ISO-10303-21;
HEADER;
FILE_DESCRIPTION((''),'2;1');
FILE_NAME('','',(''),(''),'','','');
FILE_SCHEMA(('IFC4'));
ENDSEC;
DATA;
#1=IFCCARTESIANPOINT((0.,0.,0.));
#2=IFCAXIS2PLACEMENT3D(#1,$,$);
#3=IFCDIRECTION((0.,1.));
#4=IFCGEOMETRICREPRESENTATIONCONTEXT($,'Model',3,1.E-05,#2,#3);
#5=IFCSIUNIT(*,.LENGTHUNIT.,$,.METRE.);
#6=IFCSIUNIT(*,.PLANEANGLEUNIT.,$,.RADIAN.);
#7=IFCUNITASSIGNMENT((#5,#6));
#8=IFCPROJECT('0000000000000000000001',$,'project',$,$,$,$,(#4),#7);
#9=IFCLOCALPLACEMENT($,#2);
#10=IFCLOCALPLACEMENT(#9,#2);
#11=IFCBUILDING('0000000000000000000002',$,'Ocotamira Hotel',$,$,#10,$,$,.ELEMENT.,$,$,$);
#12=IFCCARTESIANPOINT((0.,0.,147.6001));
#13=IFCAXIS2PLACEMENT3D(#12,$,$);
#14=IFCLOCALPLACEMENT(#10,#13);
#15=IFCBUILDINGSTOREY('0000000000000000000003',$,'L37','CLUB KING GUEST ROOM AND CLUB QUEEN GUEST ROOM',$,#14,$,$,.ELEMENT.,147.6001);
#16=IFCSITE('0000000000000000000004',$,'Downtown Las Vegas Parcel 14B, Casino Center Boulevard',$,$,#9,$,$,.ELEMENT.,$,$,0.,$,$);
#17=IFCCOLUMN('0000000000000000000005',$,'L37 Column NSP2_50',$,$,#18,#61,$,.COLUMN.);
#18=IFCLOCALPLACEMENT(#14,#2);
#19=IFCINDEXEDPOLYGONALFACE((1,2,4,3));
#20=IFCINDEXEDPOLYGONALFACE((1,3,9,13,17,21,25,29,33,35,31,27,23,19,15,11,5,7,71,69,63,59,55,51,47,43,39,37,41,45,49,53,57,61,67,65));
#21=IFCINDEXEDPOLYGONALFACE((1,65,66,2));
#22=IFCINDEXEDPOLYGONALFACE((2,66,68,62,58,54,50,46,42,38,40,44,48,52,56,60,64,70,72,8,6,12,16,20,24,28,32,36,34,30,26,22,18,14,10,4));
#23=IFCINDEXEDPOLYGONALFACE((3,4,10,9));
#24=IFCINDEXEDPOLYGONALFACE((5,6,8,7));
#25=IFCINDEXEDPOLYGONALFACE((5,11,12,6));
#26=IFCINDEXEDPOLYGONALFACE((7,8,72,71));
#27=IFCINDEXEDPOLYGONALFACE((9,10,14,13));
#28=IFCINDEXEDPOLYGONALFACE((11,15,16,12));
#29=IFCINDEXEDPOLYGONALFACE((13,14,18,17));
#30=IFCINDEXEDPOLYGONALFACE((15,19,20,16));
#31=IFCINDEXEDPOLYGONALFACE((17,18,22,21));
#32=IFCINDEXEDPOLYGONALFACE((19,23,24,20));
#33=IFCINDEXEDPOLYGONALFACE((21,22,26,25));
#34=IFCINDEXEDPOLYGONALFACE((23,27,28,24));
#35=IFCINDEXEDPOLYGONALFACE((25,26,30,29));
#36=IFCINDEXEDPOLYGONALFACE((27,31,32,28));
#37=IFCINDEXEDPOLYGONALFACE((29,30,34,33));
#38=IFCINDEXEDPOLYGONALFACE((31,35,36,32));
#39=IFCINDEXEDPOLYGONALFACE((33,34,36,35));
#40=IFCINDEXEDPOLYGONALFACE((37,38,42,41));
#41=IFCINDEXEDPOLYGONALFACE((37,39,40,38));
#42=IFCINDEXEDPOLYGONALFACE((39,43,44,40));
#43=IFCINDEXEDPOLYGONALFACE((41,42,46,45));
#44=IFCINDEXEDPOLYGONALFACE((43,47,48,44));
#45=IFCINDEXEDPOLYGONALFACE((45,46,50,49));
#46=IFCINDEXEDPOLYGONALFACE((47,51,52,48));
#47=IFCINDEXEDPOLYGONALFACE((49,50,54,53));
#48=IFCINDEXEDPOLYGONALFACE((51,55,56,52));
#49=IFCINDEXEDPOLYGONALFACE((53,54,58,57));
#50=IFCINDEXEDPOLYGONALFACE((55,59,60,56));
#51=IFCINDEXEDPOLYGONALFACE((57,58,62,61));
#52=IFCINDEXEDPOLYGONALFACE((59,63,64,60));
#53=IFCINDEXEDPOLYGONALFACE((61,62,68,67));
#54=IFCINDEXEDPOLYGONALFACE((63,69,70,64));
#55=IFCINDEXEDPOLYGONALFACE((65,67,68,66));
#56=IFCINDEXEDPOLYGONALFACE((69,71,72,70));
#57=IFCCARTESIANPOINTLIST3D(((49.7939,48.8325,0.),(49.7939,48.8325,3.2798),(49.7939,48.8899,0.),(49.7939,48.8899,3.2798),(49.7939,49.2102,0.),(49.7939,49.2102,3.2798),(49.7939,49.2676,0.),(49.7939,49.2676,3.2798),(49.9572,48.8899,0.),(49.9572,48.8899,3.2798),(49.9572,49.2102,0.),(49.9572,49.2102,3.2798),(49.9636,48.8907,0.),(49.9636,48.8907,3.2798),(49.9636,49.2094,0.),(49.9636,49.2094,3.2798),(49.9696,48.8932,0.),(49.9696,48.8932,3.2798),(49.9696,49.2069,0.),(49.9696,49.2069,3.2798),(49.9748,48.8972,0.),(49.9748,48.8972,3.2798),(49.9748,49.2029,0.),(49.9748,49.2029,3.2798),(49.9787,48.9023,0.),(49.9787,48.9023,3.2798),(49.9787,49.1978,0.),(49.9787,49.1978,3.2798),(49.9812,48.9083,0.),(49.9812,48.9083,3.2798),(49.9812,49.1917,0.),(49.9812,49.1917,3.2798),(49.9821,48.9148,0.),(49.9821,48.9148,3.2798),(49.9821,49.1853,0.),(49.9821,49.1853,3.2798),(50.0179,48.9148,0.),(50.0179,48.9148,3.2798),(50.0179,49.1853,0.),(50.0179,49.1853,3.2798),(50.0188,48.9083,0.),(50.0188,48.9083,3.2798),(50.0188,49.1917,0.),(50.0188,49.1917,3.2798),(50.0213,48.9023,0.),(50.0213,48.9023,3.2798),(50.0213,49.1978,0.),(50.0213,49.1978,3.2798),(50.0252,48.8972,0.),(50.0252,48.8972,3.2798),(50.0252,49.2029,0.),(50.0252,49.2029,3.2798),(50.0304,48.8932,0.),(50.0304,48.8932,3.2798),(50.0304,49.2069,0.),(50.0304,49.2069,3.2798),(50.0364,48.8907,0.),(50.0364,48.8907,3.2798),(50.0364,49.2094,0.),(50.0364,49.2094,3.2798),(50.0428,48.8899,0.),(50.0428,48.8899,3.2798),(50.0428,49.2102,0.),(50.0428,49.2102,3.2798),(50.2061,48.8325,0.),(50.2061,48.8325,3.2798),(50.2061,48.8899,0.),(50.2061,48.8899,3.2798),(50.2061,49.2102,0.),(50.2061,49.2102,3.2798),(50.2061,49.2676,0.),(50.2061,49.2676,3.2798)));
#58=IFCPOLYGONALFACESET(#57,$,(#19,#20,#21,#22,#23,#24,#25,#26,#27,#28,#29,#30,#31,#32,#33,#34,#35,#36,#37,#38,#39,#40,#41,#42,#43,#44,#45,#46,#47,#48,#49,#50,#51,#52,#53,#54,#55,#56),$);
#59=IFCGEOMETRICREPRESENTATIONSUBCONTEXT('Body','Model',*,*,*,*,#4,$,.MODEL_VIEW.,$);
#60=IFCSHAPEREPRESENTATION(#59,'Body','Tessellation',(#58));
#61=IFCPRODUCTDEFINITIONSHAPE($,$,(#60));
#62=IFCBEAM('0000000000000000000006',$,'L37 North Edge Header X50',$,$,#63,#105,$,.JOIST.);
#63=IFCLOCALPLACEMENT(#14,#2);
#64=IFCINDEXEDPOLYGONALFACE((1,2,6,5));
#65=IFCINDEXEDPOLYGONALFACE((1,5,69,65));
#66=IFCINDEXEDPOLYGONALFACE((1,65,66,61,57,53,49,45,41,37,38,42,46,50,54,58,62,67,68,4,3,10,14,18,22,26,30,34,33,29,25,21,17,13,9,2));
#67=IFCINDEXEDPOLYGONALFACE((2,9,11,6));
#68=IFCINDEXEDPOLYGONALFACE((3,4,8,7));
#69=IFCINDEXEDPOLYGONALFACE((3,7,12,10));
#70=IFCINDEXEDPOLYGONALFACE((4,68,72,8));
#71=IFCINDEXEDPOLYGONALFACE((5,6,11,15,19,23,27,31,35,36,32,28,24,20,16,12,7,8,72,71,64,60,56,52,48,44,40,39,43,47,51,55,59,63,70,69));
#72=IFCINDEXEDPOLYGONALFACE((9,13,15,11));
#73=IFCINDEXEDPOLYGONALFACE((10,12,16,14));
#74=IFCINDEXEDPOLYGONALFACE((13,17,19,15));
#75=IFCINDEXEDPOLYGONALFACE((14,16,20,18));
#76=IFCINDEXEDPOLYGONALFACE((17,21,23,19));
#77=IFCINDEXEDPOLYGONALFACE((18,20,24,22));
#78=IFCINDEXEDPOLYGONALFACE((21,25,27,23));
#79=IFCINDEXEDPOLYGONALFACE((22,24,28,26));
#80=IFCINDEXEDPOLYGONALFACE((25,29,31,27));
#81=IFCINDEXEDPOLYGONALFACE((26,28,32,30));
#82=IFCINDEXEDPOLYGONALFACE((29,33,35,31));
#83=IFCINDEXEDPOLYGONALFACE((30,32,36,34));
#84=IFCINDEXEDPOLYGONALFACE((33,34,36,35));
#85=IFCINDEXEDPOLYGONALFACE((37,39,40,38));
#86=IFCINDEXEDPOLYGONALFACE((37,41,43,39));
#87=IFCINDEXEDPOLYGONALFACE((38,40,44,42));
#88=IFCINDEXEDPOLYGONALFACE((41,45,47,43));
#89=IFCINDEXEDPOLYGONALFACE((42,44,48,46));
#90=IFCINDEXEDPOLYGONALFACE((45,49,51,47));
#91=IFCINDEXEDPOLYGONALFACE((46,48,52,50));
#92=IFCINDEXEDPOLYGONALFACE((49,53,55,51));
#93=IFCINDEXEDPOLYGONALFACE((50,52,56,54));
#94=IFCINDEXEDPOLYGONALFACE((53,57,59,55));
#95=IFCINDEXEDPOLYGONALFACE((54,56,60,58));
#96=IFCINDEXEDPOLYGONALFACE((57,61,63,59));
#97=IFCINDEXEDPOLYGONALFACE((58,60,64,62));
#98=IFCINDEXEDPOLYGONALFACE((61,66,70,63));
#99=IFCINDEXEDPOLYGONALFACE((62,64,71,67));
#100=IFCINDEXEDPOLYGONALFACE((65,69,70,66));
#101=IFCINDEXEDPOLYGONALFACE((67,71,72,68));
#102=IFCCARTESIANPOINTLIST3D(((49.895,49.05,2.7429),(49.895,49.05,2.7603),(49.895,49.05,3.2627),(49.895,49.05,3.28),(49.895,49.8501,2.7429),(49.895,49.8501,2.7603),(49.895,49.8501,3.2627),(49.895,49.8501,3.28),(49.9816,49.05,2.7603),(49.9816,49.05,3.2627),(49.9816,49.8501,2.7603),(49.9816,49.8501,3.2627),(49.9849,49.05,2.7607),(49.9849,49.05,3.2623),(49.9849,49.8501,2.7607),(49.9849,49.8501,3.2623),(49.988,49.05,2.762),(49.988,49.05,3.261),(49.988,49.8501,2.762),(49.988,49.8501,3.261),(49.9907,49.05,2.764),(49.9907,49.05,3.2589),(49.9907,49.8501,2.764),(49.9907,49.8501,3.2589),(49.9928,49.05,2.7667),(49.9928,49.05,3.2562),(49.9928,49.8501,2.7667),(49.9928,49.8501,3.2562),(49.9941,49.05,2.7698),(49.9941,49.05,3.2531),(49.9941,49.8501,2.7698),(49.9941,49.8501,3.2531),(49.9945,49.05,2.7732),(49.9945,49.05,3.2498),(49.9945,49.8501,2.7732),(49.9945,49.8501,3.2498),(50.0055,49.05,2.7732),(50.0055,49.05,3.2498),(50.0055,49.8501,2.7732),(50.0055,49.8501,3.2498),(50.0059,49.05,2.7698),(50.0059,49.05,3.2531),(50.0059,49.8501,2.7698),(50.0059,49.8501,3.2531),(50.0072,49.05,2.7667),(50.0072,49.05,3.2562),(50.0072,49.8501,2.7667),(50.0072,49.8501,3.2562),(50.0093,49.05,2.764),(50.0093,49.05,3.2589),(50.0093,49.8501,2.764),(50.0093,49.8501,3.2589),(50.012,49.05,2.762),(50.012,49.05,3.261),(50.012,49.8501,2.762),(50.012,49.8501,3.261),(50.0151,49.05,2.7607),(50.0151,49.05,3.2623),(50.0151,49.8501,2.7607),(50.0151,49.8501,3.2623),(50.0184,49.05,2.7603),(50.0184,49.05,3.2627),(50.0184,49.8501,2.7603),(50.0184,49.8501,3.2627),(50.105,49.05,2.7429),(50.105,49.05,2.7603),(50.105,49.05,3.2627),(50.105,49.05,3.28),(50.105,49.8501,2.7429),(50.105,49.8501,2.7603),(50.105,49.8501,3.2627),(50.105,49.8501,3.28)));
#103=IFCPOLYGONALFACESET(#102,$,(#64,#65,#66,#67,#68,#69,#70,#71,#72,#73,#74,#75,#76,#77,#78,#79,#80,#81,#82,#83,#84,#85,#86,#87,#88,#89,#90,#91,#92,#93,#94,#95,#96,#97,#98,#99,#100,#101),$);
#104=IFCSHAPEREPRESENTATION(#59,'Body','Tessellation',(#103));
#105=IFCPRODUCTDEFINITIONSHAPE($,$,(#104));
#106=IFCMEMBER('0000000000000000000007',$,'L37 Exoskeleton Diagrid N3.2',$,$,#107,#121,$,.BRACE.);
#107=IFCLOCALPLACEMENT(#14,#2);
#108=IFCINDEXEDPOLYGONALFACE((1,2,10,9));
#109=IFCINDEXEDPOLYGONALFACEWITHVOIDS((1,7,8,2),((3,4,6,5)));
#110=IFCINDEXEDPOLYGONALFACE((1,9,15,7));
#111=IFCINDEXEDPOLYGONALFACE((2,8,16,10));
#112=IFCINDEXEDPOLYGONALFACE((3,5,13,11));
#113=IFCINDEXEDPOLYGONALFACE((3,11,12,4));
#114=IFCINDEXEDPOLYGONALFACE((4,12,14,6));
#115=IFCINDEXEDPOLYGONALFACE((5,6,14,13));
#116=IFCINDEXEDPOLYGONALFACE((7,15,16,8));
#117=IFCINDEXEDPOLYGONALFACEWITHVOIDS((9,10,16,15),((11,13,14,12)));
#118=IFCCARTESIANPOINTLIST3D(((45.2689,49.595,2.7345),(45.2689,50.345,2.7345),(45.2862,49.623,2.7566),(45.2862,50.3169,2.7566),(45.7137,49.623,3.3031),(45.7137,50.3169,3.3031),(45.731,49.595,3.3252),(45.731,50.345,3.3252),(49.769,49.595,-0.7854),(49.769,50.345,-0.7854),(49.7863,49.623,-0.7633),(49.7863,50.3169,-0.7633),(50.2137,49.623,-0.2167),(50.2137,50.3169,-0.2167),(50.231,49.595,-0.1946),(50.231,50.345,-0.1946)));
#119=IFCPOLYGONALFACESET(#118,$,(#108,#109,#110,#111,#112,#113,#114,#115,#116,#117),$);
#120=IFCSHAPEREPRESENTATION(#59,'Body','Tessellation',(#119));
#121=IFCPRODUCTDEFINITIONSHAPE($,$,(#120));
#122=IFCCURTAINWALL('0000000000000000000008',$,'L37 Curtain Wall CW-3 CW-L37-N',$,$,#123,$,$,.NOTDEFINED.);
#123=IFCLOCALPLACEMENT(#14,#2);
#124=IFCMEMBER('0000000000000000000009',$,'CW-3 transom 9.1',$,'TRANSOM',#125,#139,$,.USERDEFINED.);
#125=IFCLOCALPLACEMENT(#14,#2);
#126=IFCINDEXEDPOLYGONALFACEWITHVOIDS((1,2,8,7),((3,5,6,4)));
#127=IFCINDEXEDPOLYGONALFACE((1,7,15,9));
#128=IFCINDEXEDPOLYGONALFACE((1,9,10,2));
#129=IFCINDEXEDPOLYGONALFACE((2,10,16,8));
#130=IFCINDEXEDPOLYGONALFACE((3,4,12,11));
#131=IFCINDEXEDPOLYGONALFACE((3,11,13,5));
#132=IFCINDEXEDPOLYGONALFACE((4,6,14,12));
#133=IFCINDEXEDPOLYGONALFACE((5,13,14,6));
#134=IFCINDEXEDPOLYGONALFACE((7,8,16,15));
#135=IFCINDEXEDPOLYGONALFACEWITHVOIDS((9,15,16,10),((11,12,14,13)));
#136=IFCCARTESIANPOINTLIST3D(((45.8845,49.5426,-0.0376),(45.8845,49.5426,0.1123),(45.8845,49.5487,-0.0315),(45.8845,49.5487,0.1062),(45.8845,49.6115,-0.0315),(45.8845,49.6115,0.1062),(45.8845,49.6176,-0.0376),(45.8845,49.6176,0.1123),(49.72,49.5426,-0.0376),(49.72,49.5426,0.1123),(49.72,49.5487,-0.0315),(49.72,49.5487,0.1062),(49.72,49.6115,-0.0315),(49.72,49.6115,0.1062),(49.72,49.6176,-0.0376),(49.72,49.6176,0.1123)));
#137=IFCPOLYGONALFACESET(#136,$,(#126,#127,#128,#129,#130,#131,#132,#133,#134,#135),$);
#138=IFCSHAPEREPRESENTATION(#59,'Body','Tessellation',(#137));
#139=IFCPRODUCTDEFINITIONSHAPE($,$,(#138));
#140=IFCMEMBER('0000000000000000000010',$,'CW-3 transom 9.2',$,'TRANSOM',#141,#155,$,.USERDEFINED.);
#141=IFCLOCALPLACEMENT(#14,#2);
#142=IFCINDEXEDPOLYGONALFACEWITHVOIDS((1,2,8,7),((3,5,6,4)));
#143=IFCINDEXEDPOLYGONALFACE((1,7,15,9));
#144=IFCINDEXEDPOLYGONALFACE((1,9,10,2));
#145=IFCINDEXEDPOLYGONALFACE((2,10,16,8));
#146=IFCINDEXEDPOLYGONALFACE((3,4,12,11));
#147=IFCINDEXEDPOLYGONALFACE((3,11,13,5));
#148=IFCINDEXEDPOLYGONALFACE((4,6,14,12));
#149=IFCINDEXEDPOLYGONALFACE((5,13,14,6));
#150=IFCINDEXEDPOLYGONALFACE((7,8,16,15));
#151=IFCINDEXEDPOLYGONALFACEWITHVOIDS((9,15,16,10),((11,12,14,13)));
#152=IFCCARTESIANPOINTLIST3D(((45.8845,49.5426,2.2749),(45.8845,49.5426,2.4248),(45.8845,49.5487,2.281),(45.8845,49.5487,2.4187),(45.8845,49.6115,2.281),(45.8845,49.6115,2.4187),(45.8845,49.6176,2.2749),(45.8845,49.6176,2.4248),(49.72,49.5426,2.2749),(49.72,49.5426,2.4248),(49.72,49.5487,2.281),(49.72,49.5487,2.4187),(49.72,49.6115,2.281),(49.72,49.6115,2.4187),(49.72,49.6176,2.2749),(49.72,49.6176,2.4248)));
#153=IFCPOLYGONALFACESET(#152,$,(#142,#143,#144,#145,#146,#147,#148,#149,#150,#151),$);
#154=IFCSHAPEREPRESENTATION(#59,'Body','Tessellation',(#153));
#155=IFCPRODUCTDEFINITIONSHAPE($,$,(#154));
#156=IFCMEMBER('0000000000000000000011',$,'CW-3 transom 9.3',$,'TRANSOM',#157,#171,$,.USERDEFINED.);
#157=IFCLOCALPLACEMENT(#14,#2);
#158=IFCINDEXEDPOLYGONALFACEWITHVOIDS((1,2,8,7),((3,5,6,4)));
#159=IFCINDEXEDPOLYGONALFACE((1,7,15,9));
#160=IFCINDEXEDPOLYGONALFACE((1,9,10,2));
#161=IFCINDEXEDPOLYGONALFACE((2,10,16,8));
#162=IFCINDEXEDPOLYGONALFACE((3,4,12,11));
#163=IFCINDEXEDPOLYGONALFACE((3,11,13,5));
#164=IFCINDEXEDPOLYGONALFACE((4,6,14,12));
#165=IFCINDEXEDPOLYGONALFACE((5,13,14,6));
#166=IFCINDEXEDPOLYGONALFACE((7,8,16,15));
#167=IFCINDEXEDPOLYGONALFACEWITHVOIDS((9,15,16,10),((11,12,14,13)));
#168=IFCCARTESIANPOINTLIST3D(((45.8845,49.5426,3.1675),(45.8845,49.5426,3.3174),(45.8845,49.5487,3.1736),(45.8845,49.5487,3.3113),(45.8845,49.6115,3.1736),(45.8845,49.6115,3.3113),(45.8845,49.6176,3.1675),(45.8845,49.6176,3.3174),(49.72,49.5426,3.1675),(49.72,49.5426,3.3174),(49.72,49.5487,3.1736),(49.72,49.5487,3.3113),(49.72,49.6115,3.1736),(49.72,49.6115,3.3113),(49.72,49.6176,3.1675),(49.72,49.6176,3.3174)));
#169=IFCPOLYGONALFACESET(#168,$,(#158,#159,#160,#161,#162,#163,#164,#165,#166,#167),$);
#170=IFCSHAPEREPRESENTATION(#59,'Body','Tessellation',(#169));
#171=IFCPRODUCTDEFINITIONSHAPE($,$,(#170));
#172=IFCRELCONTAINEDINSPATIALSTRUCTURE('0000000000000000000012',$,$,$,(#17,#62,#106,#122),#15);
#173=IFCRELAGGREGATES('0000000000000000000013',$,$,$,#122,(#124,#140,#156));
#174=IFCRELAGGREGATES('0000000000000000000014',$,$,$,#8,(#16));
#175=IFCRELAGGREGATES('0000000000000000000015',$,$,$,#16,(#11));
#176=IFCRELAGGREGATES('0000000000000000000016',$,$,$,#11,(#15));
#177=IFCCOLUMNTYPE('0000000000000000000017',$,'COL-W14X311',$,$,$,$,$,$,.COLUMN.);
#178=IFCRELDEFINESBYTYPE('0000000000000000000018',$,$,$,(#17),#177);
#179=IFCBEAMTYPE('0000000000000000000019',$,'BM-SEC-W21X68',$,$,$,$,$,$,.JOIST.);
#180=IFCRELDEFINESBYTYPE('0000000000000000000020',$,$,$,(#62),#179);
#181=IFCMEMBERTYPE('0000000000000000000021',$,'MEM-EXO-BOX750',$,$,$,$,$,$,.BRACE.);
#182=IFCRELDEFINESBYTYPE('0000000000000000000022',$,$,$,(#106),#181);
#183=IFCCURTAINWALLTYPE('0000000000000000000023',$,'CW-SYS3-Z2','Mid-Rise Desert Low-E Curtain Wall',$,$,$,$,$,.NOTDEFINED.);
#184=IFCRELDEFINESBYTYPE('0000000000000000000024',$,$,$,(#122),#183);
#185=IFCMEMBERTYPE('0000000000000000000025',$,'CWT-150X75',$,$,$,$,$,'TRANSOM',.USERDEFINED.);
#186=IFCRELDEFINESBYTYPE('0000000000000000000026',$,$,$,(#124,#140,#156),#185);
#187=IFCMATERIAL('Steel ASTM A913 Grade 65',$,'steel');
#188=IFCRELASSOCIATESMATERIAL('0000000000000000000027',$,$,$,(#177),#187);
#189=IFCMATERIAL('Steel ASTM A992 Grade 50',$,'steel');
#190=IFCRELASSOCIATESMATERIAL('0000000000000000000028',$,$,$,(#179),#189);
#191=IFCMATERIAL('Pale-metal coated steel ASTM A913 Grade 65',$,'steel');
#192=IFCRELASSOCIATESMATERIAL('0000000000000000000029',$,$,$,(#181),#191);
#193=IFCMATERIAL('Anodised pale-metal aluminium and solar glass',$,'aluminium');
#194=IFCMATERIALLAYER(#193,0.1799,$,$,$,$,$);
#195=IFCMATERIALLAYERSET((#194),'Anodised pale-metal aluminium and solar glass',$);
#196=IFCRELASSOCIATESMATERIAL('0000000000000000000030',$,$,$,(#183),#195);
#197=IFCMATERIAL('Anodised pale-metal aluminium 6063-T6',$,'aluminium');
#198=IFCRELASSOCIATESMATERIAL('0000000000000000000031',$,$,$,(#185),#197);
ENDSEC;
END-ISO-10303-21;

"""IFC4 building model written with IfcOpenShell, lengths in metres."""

from ifc_helpers import new_model, si_unit, direction, frame, origin, origin_2d, place, context, subcontext, project, spatial, hollow_rectangle, i_section, extrude, source, transform, mapped, material, layer, layer_set, material_profile, profile_set, type_object, element, aggregate, save


model = new_model("IFC4")

# Units and contexts
model_context = context("Model", 3, precision=1e-05, world=origin(), true_north=direction((0.0, 1.0)))
body_context = subcontext(model_context, "Body", "Model", "MODEL_VIEW")
ifc_project = project(units=[si_unit("LENGTHUNIT", "METRE"), si_unit("PLANEANGLEUNIT", "RADIAN")], contexts=[model_context])

# Site, building, storey
site_placement = place(None, origin())
site = spatial("IfcSite", under=ifc_project, at=site_placement, Name="Downtown Las Vegas Parcel 14B, Casino Center Boulevard", CompositionType="ELEMENT", RefElevation=0.0)
building_placement = place(site_placement, origin())
building = spatial("IfcBuilding", under=site, at=building_placement, Name="Ocotamira Hotel", CompositionType="ELEMENT")
storey_placement = place(building_placement, frame((0.0, 0.0, 147.6001)))
storey = spatial("IfcBuildingStorey", under=building, at=storey_placement, Name="L37", Description="CLUB KING GUEST ROOM AND CLUB QUEEN GUEST ROOM", CompositionType="ELEMENT", Elevation=147.6001)

# Column
ifc_material_1 = material(Name="Steel ASTM A913 Grade 65", Category="steel")
ifc_material_profile_1 = material_profile(ifc_material_1, i_section(OverallWidth=0.4121, OverallDepth=0.4351, WebThickness=0.0359, FlangeThickness=0.0574, FilletRadius=0.0249, at=origin_2d()), Name="W14X311")
ifc_profile_set_1 = profile_set([ifc_material_profile_1], Name="Steel ASTM A913 Grade 65")
column_type = type_object("IfcColumnType", Name="COL-W14X311", PredefinedType="COLUMN", material=ifc_profile_set_1)
shared_shape_1 = source(origin(), body_context, "Body", "SweptSolid", [
    extrude(i_section(OverallWidth=0.4121, OverallDepth=0.4351, WebThickness=0.0359, FlangeThickness=0.0574, FilletRadius=0.0249, at=origin_2d()), origin(), (0.0, 0.0, 1.0), 3.2798),
])
column_placement = place(storey_placement, frame((50.0, 49.05, 0.0), z_axis=(0.0, 0.0, 1.0), x_axis=(1.0, 0.0, 0.0)))
element("IfcColumn", 1, at=column_placement, inside=storey, type_object=column_type, Name="L37 Column NSP2_50", PredefinedType="COLUMN", context=body_context, shape_type="MappedRepresentation", body=[
    mapped(shared_shape_1, transform((0.0, 0.0, 0.0), scale=1.0)),
])

# Beam
ifc_material_2 = material(Name="Steel ASTM A992 Grade 50", Category="steel")
ifc_material_profile_2 = material_profile(ifc_material_2, i_section(OverallWidth=0.21, OverallDepth=0.5371, WebThickness=0.011, FlangeThickness=0.0173, FilletRadius=0.0129, at=origin_2d()), Name="W21X68")
ifc_profile_set_2 = profile_set([ifc_material_profile_2], Name="Steel ASTM A992 Grade 50")
beam_type = type_object("IfcBeamType", Name="BM-SEC-W21X68", PredefinedType="JOIST", material=ifc_profile_set_2)
shared_shape_2 = source(origin(), body_context, "Body", "SweptSolid", [
    extrude(i_section(OverallWidth=0.21, OverallDepth=0.5371, WebThickness=0.011, FlangeThickness=0.0173, FilletRadius=0.0129, at=origin_2d()), origin(), (0.0, 0.0, 1.0), 0.8),
])
beam_placement = place(storey_placement, frame((50.0, 49.05, 3.0115), z_axis=(0.0, 1.0, 0.0), x_axis=(-1.0, 0.0, 0.0)))
element("IfcBeam", 2, at=beam_placement, inside=storey, type_object=beam_type, Name="L37 North Edge Header X50", PredefinedType="JOIST", context=body_context, shape_type="MappedRepresentation", body=[
    mapped(shared_shape_2, transform((0.0, 0.0, 0.0), scale=1.0)),
])

# Member
ifc_material_3 = material(Name="Pale-metal coated steel ASTM A913 Grade 65", Category="steel")
ifc_material_profile_3 = material_profile(ifc_material_3, hollow_rectangle(XDim=0.75, YDim=0.75, WallThickness=0.0281, at=origin_2d()), Name="BOX750X750X28")
ifc_profile_set_3 = profile_set([ifc_material_profile_3], Name="Pale-metal coated steel ASTM A913 Grade 65")
member_type_1 = type_object("IfcMemberType", Name="MEM-EXO-BOX750", PredefinedType="BRACE", material=ifc_profile_set_3)
shared_shape_3 = source(origin(), body_context, "Body", "SweptSolid", [
    extrude(hollow_rectangle(XDim=0.75, YDim=0.75, WallThickness=0.0281, at=origin_2d()), origin(), (0.0, 0.0, 1.0), 5.7131),
])
member_1_placement = place(storey_placement, frame((50.0, 49.97, -0.49), z_axis=(-0.787672, 0.0, 0.616095), x_axis=(0.0, -1.0, 0.0)))
element("IfcMember", 3, at=member_1_placement, inside=storey, type_object=member_type_1, Name="L37 Exoskeleton Diagrid N3.2", PredefinedType="BRACE", context=body_context, shape_type="MappedRepresentation", body=[
    mapped(shared_shape_3, transform((0.0, 0.0, 0.0), scale=1.0)),
])

# Curtain wall, members
ifc_material_4 = material(Name="Anodised pale-metal aluminium and solar glass", Category="aluminium")
ifc_layer_1 = layer(ifc_material_4, 0.1799)
ifc_layer_set_1 = layer_set([ifc_layer_1], Name="Anodised pale-metal aluminium and solar glass")
curtain_wall_type = type_object("IfcCurtainWallType", Name="CW-SYS3-Z2", Description="Mid-Rise Desert Low-E Curtain Wall", PredefinedType="NOTDEFINED", material=ifc_layer_set_1)
curtain_wall_placement = place(storey_placement, origin())
curtain_wall = element("IfcCurtainWall", 4, at=curtain_wall_placement, inside=storey, type_object=curtain_wall_type, Name="L37 Curtain Wall CW-3 CW-L37-N", PredefinedType="NOTDEFINED")
ifc_material_5 = material(Name="Anodised pale-metal aluminium 6063-T6", Category="aluminium")
ifc_material_profile_4 = material_profile(ifc_material_5, hollow_rectangle(XDim=0.075, YDim=0.1499, WallThickness=0.0061, at=origin_2d()), Name="HSS150X75X6")
ifc_profile_set_4 = profile_set([ifc_material_profile_4], Name="Anodised pale-metal aluminium 6063-T6")
member_type_2 = type_object("IfcMemberType", Name="CWT-150X75", ElementType="TRANSOM", PredefinedType="USERDEFINED", material=ifc_profile_set_4)
shared_shape_4 = source(origin(), body_context, "Body", "SweptSolid", [
    extrude(hollow_rectangle(XDim=0.075, YDim=0.1499, WallThickness=0.0061, at=origin_2d()), origin(), (0.0, 0.0, 1.0), 3.8354),
])
member_2_placement = place(storey_placement, frame((45.8845, 49.5801, 0.0374), z_axis=(1.0, 0.0, 0.0), x_axis=(0.0, 1.0, 0.0)))
member_2 = element("IfcMember", 5, at=member_2_placement, type_object=member_type_2, Name="CW-3 transom 9.1", ObjectType="TRANSOM", PredefinedType="USERDEFINED", context=body_context, shape_type="MappedRepresentation", body=[
    mapped(shared_shape_4, transform((0.0, 0.0, 0.0), scale=1.0)),
])
member_3_placement = place(storey_placement, frame((45.8845, 49.5801, 2.3499), z_axis=(1.0, 0.0, 0.0), x_axis=(0.0, 1.0, 0.0)))
member_3 = element("IfcMember", 6, at=member_3_placement, type_object=member_type_2, Name="CW-3 transom 9.2", ObjectType="TRANSOM", PredefinedType="USERDEFINED", context=body_context, shape_type="MappedRepresentation", body=[
    mapped(shared_shape_4, transform((0.0, 0.0, 0.0), scale=1.0)),
])
member_4_placement = place(storey_placement, frame((45.8845, 49.5801, 3.2424), z_axis=(1.0, 0.0, 0.0), x_axis=(0.0, 1.0, 0.0)))
member_4 = element("IfcMember", 7, at=member_4_placement, type_object=member_type_2, Name="CW-3 transom 9.3", ObjectType="TRANSOM", PredefinedType="USERDEFINED", context=body_context, shape_type="MappedRepresentation", body=[
    mapped(shared_shape_4, transform((0.0, 0.0, 0.0), scale=1.0)),
])

aggregate(curtain_wall, [member_2, member_3, member_4])

save(model, "model.ifc")
